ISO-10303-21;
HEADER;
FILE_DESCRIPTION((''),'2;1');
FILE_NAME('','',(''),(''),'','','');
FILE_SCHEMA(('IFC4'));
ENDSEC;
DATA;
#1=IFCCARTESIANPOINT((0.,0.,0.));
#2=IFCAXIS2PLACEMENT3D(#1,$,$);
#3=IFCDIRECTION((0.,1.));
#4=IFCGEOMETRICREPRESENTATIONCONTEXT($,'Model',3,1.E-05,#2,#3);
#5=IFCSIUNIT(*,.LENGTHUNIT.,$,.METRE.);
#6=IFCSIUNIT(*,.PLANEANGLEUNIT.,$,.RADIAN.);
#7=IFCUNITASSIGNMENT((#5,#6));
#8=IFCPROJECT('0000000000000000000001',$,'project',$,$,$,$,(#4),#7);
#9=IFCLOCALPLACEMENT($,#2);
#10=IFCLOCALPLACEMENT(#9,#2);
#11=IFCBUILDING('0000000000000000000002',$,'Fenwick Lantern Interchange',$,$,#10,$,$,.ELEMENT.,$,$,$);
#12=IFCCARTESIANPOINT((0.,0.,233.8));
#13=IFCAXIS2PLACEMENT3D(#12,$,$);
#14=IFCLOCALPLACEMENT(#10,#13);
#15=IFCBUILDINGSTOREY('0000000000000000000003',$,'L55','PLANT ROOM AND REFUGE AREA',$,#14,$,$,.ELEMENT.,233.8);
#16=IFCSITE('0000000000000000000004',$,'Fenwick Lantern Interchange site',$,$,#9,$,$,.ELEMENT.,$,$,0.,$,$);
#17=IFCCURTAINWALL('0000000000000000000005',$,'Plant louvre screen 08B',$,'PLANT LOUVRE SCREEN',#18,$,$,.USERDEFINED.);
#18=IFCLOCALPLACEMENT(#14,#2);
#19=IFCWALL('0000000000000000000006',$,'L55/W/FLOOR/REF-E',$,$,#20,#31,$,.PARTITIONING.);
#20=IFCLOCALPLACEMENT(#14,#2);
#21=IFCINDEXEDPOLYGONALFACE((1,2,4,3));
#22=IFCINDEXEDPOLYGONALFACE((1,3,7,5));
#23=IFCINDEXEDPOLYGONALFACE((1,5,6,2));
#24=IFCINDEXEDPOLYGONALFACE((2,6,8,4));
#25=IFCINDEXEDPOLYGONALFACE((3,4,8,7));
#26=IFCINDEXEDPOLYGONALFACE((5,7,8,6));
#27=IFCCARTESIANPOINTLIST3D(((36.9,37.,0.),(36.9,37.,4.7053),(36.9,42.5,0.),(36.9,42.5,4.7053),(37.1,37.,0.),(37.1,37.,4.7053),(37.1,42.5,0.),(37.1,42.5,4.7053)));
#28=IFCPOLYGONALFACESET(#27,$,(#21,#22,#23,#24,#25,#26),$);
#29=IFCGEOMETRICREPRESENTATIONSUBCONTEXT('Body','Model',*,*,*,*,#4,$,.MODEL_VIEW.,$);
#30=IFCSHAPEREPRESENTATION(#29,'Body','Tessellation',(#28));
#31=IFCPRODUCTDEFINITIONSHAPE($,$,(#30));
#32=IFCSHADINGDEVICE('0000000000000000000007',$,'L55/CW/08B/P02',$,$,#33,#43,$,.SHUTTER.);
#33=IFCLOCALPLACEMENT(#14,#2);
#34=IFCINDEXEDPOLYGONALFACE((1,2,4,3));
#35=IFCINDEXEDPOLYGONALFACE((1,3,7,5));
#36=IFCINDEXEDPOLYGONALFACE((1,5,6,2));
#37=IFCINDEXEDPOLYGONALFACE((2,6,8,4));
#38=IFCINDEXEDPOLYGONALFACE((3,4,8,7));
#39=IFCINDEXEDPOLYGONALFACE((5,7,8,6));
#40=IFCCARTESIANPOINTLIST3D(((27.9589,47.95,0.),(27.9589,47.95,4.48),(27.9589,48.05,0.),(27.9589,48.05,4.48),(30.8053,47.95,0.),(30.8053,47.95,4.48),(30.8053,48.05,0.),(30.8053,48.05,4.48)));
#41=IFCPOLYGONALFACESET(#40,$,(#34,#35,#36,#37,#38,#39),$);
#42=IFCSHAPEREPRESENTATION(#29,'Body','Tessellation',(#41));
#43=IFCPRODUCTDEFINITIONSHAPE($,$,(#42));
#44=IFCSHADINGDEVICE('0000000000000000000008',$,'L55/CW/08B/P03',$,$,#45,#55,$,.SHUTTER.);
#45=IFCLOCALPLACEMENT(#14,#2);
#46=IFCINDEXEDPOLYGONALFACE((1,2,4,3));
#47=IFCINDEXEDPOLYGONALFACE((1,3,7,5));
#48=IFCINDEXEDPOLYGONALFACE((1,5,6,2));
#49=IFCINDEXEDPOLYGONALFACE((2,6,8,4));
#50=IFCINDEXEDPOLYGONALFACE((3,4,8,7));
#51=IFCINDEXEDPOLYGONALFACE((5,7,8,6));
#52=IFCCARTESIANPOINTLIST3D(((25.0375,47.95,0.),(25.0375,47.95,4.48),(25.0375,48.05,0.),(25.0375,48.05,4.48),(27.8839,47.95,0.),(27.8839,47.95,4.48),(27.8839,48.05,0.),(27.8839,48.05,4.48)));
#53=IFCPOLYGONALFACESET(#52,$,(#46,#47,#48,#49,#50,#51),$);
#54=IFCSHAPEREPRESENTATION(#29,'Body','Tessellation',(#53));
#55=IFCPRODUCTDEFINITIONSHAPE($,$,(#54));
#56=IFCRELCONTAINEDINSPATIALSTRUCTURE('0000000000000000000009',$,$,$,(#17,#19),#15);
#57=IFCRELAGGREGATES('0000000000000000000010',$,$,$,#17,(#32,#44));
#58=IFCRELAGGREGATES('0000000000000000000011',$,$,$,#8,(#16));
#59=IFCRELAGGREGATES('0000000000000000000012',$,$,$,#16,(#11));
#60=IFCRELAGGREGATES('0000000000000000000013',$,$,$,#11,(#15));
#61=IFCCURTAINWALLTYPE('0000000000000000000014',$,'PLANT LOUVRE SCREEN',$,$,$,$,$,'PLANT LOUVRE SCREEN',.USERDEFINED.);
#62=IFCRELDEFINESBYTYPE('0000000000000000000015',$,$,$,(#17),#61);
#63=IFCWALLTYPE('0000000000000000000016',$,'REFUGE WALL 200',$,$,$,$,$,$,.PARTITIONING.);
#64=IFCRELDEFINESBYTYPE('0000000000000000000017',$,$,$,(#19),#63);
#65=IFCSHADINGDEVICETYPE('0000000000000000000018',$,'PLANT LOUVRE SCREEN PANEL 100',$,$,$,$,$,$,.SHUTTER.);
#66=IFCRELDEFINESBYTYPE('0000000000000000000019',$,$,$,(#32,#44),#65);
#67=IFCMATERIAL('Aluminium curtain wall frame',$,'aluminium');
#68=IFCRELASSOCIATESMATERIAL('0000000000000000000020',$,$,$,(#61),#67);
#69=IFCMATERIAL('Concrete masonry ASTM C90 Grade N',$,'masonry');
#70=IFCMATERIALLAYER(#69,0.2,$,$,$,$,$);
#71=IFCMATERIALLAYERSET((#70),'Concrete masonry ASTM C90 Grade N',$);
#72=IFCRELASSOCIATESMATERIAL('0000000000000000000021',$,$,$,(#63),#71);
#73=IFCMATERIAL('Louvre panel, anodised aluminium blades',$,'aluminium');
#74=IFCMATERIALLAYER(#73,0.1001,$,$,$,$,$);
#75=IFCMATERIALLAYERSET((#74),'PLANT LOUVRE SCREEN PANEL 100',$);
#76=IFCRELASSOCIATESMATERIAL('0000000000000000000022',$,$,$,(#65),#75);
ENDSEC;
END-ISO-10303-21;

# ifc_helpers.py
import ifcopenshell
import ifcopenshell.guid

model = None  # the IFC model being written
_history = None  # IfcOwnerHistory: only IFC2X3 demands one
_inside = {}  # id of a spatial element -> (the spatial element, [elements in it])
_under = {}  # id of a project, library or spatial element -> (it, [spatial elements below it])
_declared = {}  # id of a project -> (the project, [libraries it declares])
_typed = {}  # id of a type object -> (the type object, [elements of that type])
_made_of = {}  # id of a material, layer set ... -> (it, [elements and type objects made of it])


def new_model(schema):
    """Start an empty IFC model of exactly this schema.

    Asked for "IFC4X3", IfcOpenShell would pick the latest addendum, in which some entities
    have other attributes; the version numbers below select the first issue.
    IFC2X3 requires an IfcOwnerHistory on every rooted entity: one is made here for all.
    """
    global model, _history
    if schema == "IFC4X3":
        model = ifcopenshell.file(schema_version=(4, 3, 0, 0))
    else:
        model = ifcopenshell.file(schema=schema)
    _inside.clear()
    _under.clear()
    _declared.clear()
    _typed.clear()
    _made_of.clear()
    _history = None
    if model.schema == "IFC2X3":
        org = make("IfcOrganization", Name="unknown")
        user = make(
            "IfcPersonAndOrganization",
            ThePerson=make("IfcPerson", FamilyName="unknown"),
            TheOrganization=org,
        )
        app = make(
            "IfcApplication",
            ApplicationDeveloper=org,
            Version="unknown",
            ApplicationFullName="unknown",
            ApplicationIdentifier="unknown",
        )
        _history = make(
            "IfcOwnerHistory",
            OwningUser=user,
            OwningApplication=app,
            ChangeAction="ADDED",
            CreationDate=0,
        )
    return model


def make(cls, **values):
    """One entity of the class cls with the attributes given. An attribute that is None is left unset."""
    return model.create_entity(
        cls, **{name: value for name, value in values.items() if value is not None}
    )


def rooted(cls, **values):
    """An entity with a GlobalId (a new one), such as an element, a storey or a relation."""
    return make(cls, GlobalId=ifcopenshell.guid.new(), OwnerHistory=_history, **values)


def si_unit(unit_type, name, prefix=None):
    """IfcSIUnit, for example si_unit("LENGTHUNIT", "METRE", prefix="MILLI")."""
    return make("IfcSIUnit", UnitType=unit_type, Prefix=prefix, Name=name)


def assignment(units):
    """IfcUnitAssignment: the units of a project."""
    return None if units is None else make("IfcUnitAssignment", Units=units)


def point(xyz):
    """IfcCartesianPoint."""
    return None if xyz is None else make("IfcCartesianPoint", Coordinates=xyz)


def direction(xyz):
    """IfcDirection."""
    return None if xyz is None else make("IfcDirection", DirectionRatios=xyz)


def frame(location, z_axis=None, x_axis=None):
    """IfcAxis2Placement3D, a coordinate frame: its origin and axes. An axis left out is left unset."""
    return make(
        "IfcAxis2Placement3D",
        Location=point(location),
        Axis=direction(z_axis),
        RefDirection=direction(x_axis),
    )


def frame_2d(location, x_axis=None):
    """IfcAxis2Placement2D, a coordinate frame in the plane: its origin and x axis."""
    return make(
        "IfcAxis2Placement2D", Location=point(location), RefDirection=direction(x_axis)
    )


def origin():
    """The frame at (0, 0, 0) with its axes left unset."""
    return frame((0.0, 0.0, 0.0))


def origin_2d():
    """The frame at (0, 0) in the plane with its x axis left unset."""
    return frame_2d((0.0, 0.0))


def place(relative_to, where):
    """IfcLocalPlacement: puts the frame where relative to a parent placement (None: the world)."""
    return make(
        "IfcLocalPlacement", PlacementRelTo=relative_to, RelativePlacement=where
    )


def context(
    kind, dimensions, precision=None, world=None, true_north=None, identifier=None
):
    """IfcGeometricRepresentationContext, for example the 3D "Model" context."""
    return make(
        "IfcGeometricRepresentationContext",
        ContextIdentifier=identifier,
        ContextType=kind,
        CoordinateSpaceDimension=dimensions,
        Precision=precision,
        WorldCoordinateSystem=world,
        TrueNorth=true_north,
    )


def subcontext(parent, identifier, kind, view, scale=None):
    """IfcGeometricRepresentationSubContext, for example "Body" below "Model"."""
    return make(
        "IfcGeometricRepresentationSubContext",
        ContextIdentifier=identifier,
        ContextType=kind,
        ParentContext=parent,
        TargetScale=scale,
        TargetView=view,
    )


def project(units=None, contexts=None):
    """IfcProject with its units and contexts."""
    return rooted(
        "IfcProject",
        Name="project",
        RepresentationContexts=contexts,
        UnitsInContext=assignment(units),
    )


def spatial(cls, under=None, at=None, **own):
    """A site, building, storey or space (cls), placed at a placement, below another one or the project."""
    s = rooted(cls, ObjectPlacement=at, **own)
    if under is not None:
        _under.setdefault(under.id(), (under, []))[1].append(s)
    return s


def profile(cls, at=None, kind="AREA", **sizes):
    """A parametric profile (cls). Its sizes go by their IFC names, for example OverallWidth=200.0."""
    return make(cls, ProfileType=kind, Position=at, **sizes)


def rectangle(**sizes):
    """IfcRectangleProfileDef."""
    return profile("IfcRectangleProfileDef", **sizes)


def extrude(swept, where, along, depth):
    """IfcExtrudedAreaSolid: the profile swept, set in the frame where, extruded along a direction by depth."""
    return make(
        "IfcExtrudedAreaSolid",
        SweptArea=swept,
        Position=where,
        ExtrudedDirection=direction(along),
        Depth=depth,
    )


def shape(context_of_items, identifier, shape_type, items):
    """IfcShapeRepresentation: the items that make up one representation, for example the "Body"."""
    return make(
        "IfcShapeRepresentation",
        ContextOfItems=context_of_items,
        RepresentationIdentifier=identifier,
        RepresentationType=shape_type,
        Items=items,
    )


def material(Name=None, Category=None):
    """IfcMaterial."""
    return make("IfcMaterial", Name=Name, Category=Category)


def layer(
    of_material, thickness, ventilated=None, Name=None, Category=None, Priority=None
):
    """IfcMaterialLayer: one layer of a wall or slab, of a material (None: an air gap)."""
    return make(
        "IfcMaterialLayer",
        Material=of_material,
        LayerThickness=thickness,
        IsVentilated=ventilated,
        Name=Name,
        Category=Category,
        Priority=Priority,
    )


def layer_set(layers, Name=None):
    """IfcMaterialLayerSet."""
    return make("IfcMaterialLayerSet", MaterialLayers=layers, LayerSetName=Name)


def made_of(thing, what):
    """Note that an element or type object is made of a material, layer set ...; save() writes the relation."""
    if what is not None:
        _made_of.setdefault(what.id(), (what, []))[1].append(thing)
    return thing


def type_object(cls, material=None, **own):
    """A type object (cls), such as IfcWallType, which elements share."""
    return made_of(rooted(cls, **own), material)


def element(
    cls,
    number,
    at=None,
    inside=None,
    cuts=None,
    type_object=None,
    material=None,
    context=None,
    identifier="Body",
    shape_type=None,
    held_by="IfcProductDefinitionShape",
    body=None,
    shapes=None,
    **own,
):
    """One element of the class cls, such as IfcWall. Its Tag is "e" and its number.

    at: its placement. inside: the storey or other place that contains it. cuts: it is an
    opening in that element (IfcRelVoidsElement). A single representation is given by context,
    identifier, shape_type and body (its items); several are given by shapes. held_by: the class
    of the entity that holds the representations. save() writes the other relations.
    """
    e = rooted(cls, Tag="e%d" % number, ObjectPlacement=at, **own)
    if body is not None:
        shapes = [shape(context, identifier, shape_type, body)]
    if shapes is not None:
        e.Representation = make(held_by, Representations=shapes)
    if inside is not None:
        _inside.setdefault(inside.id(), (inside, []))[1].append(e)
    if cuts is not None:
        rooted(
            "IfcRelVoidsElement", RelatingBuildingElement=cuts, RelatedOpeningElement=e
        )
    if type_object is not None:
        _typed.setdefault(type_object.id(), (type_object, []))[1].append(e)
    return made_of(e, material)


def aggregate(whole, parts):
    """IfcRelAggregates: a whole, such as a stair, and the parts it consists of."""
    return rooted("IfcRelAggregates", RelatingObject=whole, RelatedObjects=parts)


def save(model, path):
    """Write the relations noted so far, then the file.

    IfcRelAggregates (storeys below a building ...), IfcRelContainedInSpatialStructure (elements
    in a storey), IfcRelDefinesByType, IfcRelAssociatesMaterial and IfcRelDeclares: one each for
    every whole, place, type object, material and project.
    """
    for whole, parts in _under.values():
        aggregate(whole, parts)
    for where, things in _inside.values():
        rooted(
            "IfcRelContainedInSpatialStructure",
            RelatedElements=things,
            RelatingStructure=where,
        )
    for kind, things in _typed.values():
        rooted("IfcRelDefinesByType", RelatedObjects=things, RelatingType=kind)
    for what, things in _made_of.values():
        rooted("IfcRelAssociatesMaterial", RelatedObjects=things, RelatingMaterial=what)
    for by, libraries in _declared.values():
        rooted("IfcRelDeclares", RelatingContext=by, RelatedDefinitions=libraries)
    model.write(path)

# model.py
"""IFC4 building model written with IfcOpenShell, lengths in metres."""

from ifc_helpers import new_model, si_unit, direction, frame, frame_2d, origin, origin_2d, place, context, subcontext, project, spatial, rectangle, extrude, material, layer, layer_set, type_object, element, aggregate, save


model = new_model("IFC4")

# Units and contexts
model_context = context("Model", 3, precision=1e-05, world=origin(), true_north=direction((0.0, 1.0)))
body_context = subcontext(model_context, "Body", "Model", "MODEL_VIEW")
ifc_project = project(units=[si_unit("LENGTHUNIT", "METRE"), si_unit("PLANEANGLEUNIT", "RADIAN")], contexts=[model_context])

# Site, building, storey
site_placement = place(None, origin())
site = spatial("IfcSite", under=ifc_project, at=site_placement, Name="Fenwick Lantern Interchange site", CompositionType="ELEMENT", RefElevation=0.0)
building_placement = place(site_placement, origin())
building = spatial("IfcBuilding", under=site, at=building_placement, Name="Fenwick Lantern Interchange", CompositionType="ELEMENT")
storey_placement = place(building_placement, frame((0.0, 0.0, 233.8)))
storey = spatial("IfcBuildingStorey", under=building, at=storey_placement, Name="L55", Description="PLANT ROOM AND REFUGE AREA", CompositionType="ELEMENT", Elevation=233.8)

# Curtain wall
ifc_material_1 = material(Name="Aluminium curtain wall frame", Category="aluminium")
curtain_wall_type = type_object("IfcCurtainWallType", Name="PLANT LOUVRE SCREEN", ElementType="PLANT LOUVRE SCREEN", PredefinedType="USERDEFINED", material=ifc_material_1)
curtain_wall_placement = place(storey_placement, origin())
curtain_wall = element("IfcCurtainWall", 1, at=curtain_wall_placement, inside=storey, type_object=curtain_wall_type, Name="Plant louvre screen 08B", ObjectType="PLANT LOUVRE SCREEN", PredefinedType="USERDEFINED")

# Shared definitions
ifc_material_2 = material(Name="Concrete masonry ASTM C90 Grade N", Category="masonry")

# Wall
ifc_layer_1 = layer(ifc_material_2, 0.2)
ifc_layer_set_1 = layer_set([ifc_layer_1], Name="Concrete masonry ASTM C90 Grade N")
wall_type_1 = type_object("IfcWallType", Name="REFUGE WALL 200", PredefinedType="PARTITIONING", material=ifc_layer_set_1)
wall_1_placement = place(storey_placement, frame((37.0, 42.5, 0.0), z_axis=(0.0, 0.0, 1.0), x_axis=(0.0, -1.0, 0.0)))
element("IfcWall", 2, at=wall_1_placement, inside=storey, type_object=wall_type_1, Name="L55/W/FLOOR/REF-E", PredefinedType="PARTITIONING", context=body_context, shape_type="SweptSolid", body=[
    extrude(rectangle(XDim=5.5, YDim=0.2, at=frame_2d((2.75, 0.0))), origin(), (0.0, 0.0, 1.0), 4.7053),
])

# Shading devices
ifc_material_3 = material(Name="Louvre panel, anodised aluminium blades", Category="aluminium")
ifc_layer_2 = layer(ifc_material_3, 0.1001)
ifc_layer_set_2 = layer_set([ifc_layer_2], Name="PLANT LOUVRE SCREEN PANEL 100")
shading_device_type = type_object("IfcShadingDeviceType", Name="PLANT LOUVRE SCREEN PANEL 100", PredefinedType="SHUTTER", material=ifc_layer_set_2)
shading_device_1_placement = place(storey_placement, frame((29.3821, 48.0, 0.0), z_axis=(0.0, 0.0, 1.0), x_axis=(-1.0, 0.0, 0.0)))
shading_device_1 = element("IfcShadingDevice", 3, at=shading_device_1_placement, type_object=shading_device_type, Name="L55/CW/08B/P02", PredefinedType="SHUTTER", context=body_context, shape_type="SweptSolid", body=[
    extrude(rectangle(XDim=2.8464, YDim=0.1001, at=origin_2d()), origin(), (0.0, 0.0, 1.0), 4.48),
])
shading_device_2_placement = place(storey_placement, frame((26.4607, 48.0, 0.0), z_axis=(0.0, 0.0, 1.0), x_axis=(-1.0, 0.0, 0.0)))
shading_device_2 = element("IfcShadingDevice", 4, at=shading_device_2_placement, type_object=shading_device_type, Name="L55/CW/08B/P03", PredefinedType="SHUTTER", context=body_context, shape_type="SweptSolid", body=[
    extrude(rectangle(XDim=2.8464, YDim=0.1001, at=origin_2d()), origin(), (0.0, 0.0, 1.0), 4.48),
])
aggregate(curtain_wall, [shading_device_1, shading_device_2])

save(model, "model.ifc")
